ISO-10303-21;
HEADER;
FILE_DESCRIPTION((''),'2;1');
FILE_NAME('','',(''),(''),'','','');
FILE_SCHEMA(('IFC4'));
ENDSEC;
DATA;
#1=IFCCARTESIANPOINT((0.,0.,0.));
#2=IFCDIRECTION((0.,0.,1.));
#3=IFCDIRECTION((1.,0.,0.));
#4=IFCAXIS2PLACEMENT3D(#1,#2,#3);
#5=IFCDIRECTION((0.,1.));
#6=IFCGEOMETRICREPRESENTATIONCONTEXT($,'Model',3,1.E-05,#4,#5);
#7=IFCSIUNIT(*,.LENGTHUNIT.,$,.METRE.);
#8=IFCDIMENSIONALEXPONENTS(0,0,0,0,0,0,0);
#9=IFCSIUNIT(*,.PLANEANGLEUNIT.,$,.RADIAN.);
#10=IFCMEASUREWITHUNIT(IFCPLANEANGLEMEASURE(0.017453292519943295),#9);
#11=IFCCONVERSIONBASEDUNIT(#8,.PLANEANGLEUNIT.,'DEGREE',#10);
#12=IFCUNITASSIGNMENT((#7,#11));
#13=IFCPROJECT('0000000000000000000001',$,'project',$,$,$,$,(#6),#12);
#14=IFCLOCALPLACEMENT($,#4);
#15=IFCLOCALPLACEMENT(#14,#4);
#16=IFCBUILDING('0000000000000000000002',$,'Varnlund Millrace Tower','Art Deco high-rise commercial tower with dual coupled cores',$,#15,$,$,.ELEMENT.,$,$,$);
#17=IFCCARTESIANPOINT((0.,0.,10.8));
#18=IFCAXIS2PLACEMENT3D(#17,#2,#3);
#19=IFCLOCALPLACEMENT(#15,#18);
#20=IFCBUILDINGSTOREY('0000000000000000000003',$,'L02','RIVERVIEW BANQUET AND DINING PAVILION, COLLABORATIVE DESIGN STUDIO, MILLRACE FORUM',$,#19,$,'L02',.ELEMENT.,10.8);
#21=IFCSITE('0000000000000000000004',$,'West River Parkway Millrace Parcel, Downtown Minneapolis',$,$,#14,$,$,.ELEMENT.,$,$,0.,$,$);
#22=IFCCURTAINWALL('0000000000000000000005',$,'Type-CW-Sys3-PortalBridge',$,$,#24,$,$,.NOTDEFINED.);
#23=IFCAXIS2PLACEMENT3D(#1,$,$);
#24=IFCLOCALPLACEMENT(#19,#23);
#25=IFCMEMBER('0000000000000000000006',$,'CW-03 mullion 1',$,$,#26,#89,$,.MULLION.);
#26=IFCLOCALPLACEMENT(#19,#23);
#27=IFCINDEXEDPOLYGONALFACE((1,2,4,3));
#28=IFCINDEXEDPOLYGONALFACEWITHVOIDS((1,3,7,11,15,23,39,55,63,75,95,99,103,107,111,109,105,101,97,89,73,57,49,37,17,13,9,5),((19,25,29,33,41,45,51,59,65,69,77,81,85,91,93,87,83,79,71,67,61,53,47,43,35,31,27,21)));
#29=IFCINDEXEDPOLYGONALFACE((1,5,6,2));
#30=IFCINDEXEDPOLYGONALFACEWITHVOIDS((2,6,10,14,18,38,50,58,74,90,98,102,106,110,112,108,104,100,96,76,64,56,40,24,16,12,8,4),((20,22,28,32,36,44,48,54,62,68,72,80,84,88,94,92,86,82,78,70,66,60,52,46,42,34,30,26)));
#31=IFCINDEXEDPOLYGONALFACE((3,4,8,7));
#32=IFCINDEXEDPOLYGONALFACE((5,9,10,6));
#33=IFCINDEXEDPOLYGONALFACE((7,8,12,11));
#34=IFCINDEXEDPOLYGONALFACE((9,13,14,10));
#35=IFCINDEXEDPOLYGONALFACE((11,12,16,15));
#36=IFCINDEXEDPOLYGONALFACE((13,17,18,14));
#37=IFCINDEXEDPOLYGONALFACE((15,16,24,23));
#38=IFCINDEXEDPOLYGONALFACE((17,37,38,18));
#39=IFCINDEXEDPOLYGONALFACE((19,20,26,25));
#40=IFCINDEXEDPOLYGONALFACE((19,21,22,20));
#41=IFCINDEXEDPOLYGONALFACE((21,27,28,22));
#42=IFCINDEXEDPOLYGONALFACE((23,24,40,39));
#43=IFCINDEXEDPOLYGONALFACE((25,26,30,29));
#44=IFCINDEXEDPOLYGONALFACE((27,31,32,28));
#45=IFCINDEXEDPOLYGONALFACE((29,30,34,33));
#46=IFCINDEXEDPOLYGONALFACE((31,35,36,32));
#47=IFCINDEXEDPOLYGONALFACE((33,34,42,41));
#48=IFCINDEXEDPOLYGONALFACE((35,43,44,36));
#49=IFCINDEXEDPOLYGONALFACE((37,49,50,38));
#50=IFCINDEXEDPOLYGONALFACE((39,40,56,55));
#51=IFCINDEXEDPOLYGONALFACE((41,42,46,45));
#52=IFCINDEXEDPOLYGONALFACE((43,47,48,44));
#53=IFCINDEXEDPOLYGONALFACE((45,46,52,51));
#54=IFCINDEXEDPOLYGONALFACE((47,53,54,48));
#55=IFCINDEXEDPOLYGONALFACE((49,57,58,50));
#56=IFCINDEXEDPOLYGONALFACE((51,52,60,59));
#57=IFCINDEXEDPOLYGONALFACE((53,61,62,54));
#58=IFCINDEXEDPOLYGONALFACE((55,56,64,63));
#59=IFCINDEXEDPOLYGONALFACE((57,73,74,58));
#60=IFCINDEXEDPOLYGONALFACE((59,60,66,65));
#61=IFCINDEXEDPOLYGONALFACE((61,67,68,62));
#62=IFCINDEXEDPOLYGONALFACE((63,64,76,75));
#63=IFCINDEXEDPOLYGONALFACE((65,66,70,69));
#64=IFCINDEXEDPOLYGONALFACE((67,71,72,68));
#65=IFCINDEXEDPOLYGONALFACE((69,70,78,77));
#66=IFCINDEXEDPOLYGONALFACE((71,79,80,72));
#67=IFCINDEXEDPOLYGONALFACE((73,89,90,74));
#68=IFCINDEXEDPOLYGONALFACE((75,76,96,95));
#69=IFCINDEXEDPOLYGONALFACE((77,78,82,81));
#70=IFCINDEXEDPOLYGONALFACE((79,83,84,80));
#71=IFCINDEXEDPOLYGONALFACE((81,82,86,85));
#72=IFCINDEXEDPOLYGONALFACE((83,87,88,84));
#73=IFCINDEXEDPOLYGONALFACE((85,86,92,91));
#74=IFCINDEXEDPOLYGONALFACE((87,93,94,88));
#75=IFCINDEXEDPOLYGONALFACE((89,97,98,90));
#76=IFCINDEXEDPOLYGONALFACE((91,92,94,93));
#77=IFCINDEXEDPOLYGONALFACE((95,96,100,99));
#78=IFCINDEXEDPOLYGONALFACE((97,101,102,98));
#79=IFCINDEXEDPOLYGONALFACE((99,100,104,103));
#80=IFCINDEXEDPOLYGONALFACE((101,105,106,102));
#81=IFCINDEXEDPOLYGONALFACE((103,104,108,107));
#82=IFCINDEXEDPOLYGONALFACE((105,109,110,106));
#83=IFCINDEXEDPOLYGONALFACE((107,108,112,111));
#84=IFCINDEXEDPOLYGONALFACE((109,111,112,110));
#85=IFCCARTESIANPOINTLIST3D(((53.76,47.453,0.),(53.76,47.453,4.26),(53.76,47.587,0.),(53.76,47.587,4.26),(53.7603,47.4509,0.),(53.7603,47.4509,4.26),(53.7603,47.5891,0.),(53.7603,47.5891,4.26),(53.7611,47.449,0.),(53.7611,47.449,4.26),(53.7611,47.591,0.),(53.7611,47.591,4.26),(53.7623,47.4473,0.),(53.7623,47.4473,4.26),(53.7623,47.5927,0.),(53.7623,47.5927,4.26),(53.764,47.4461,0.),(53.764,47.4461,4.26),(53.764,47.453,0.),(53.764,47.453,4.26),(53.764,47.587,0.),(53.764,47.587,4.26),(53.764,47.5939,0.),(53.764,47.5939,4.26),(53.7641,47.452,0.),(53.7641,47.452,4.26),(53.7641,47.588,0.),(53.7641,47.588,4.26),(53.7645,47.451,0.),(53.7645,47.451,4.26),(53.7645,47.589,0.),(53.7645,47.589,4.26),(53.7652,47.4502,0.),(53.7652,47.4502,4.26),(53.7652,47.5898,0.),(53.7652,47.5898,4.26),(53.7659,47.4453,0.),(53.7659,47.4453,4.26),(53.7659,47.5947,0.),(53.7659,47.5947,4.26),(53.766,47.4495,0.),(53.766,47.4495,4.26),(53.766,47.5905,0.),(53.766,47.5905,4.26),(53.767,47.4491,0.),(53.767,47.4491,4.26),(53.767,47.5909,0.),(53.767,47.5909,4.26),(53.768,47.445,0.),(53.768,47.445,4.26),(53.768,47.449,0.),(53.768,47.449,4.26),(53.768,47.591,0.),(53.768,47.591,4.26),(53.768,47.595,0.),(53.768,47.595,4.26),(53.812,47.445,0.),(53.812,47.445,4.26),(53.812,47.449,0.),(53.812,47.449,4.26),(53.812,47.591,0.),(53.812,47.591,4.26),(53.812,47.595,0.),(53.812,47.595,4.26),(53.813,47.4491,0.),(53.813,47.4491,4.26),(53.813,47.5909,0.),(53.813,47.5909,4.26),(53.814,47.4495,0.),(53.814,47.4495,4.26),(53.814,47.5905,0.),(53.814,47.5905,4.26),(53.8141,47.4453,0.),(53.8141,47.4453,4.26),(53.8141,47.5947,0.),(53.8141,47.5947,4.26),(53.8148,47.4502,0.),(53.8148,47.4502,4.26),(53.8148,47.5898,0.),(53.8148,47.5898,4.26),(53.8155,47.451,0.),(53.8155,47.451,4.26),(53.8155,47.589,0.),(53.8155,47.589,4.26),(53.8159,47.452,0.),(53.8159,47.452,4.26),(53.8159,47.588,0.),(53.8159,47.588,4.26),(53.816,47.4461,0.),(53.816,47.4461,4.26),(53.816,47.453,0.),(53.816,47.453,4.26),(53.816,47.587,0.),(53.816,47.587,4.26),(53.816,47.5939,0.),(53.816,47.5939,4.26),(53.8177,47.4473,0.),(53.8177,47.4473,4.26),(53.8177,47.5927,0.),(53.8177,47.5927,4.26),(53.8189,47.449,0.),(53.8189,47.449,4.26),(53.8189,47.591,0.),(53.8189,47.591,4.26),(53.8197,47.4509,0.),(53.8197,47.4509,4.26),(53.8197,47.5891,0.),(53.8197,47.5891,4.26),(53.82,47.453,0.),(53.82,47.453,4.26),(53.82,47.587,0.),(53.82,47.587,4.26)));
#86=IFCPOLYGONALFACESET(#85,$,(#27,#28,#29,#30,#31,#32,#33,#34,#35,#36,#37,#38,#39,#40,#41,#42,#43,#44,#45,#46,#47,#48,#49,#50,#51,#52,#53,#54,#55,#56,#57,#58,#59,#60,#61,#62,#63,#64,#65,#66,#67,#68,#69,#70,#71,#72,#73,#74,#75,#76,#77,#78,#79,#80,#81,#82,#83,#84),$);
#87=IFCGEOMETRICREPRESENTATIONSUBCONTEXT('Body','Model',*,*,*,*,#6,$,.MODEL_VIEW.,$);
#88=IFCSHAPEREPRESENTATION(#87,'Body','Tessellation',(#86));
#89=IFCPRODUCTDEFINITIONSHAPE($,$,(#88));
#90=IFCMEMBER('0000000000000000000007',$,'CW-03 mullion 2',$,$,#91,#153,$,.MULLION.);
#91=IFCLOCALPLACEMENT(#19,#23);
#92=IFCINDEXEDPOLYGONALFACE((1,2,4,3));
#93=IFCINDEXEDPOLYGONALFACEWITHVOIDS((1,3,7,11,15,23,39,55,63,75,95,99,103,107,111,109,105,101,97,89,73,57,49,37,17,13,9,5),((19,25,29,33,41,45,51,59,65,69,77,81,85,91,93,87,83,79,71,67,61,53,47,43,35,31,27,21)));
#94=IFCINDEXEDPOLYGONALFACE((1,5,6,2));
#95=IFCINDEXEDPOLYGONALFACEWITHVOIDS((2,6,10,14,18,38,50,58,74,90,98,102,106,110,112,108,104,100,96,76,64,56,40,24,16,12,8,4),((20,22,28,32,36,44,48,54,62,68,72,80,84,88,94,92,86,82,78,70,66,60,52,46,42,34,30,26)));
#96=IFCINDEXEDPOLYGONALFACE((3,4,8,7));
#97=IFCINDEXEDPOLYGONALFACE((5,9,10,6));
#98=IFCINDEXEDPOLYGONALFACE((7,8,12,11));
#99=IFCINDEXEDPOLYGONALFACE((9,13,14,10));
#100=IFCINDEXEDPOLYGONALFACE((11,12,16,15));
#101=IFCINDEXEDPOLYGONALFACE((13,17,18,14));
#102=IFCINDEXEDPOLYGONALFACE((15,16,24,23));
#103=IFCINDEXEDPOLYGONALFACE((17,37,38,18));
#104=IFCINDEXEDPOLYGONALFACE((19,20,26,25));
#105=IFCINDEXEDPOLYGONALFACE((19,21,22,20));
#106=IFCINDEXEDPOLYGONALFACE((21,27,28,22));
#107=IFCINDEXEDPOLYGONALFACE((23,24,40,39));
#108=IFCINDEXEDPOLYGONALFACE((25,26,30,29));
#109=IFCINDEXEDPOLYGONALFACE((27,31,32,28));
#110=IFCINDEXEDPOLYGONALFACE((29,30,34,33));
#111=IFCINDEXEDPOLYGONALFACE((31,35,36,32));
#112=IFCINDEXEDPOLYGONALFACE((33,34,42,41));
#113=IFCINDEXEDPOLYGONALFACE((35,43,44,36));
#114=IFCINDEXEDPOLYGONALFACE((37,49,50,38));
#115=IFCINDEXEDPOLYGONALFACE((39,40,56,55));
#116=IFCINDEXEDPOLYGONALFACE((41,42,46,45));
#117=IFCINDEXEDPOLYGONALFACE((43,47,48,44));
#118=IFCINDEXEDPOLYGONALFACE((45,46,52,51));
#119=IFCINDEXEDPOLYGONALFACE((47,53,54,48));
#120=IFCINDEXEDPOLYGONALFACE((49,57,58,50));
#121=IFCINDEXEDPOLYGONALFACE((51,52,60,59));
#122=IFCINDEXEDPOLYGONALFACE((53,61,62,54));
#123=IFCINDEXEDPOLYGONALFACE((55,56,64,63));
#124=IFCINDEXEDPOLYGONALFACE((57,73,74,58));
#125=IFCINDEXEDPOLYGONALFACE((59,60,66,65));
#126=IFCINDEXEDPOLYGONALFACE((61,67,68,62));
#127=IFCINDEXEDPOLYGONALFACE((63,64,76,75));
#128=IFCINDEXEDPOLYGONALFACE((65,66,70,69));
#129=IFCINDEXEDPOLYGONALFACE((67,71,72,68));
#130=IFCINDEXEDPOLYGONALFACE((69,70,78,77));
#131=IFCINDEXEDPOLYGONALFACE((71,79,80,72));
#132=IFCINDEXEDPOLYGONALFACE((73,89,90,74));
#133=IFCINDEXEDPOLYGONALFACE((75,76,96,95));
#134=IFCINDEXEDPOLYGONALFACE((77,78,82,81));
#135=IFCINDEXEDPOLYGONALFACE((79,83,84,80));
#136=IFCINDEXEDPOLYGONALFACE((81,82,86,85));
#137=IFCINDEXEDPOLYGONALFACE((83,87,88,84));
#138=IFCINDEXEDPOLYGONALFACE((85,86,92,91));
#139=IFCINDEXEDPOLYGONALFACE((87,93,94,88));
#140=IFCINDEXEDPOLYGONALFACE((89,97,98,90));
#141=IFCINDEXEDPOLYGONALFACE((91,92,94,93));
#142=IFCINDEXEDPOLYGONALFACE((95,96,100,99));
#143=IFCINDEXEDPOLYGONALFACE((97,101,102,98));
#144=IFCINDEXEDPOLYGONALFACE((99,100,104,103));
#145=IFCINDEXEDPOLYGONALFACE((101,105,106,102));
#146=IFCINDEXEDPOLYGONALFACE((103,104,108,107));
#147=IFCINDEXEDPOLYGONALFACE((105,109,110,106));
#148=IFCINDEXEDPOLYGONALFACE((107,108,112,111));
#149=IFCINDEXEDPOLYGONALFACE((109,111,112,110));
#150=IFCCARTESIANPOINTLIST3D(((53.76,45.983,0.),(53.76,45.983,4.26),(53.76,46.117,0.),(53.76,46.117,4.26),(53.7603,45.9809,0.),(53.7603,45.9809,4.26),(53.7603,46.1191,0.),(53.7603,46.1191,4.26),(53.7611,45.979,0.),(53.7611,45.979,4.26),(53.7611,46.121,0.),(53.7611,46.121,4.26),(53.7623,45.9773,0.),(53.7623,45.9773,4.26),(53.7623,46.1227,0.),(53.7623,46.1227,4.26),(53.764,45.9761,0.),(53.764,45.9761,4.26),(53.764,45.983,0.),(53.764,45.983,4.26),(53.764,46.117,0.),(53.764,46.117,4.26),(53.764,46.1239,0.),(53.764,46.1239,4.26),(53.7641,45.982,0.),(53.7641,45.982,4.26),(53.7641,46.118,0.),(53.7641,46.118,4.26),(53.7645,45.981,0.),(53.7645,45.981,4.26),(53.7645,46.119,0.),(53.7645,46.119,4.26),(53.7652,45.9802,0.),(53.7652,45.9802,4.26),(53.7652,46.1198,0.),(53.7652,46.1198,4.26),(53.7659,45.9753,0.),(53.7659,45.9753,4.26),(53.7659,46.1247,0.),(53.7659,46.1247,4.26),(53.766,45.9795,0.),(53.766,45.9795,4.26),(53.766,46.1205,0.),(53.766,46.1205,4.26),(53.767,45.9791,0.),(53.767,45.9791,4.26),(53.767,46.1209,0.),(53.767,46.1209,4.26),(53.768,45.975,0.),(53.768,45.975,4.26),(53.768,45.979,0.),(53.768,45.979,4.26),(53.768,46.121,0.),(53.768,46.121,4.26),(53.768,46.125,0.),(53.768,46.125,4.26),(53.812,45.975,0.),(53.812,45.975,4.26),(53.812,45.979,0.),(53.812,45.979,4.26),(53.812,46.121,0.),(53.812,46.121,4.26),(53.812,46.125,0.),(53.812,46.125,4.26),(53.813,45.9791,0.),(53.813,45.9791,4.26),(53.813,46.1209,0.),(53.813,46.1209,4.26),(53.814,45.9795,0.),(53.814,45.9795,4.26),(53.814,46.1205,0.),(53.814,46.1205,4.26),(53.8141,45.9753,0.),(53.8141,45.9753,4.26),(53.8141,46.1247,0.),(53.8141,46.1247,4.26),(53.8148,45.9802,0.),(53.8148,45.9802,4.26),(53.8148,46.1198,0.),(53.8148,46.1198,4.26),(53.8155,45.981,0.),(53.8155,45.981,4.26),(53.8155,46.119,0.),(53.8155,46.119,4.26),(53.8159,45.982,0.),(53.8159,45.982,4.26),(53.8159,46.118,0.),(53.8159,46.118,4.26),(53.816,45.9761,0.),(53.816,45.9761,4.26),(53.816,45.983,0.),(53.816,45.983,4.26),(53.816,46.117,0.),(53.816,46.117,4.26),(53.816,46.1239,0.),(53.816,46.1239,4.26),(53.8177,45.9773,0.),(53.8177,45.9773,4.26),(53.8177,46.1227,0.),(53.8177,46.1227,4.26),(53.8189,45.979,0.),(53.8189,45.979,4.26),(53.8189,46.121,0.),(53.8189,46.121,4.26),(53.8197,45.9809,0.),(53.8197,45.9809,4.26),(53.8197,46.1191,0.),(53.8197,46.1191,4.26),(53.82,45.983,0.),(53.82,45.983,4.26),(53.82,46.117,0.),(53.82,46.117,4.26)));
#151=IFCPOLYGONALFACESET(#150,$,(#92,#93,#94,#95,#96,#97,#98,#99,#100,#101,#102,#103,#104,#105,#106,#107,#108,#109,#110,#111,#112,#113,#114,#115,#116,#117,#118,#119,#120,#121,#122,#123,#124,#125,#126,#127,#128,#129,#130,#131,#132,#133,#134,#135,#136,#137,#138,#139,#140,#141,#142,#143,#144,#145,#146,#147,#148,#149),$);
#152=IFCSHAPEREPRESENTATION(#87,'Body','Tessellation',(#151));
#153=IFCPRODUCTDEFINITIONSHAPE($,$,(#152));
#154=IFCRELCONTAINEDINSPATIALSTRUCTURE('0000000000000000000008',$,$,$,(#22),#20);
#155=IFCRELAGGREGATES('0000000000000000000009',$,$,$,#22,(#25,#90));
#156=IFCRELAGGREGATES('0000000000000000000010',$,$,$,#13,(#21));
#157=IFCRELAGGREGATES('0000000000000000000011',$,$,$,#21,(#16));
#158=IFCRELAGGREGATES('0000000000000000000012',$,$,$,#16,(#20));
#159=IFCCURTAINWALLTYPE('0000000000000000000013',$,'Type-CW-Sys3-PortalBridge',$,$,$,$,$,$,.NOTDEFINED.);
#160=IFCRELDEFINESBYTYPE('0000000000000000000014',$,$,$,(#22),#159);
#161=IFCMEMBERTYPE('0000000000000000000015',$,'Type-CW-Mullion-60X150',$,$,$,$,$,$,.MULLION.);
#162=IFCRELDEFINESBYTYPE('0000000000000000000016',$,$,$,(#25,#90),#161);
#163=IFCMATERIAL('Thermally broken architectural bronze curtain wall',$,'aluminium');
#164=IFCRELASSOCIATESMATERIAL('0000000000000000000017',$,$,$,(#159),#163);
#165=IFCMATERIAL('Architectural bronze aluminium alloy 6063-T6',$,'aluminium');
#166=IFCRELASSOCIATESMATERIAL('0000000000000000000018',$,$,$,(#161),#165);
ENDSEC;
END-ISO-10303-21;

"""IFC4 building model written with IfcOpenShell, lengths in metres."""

from ifc_helpers import new_model, entity, si_unit, converted_unit, direction, frame, origin_with_axes, origin_2d_with_axis, place, context, subcontext, project, spatial, hollow_rectangle, extrude, material, material_profile, profile_set, type_object, element, aggregate, save


model = new_model("IFC4")

# Units and contexts
model_context = context("Model", 3, precision=1e-05, world=origin_with_axes(), true_north=direction((0.0, 1.0)))
body_context = subcontext(model_context, "Body", "Model", "MODEL_VIEW")
ifc_project = project(units=[si_unit("LENGTHUNIT", "METRE"), converted_unit("PLANEANGLEUNIT", "DEGREE", entity("IfcPlaneAngleMeasure", 0.017453292519943295), si_unit("PLANEANGLEUNIT", "RADIAN"), dimensions=[0, 0, 0, 0, 0, 0, 0])], contexts=[model_context])

# Site, building, storey
site_placement = place(None, origin_with_axes())
site = spatial("IfcSite", under=ifc_project, at=site_placement, Name="West River Parkway Millrace Parcel, Downtown Minneapolis", CompositionType="ELEMENT", RefElevation=0.0)
building_placement = place(site_placement, origin_with_axes())
building = spatial("IfcBuilding", under=site, at=building_placement, Name="Varnlund Millrace Tower", Description="Art Deco high-rise commercial tower with dual coupled cores", CompositionType="ELEMENT")
storey_placement = place(building_placement, frame((0.0, 0.0, 10.8), z_axis=(0.0, 0.0, 1.0), x_axis=(1.0, 0.0, 0.0)))
storey = spatial("IfcBuildingStorey", under=building, at=storey_placement, Name="L02", Description="RIVERVIEW BANQUET AND DINING PAVILION, COLLABORATIVE DESIGN STUDIO, MILLRACE FORUM", LongName="L02", CompositionType="ELEMENT", Elevation=10.8)

# Curtain wall, members
ifc_material_1 = material(Name="Thermally broken architectural bronze curtain wall", Category="aluminium")
curtain_wall_type = type_object("IfcCurtainWallType", Name="Type-CW-Sys3-PortalBridge", PredefinedType="NOTDEFINED", material=ifc_material_1)
ifc_material_2 = material(Name="Architectural bronze aluminium alloy 6063-T6", Category="aluminium")
ifc_material_profile_1 = material_profile(ifc_material_2, hollow_rectangle(XDim=0.06, YDim=0.15, WallThickness=0.004, InnerFilletRadius=0.004, OuterFilletRadius=0.008, at=origin_2d_with_axis()), Name="Architectural bronze aluminium alloy 6063-T6")
ifc_profile_set_1 = profile_set([ifc_material_profile_1], Name="Architectural bronze aluminium alloy 6063-T6")
member_type_1 = type_object("IfcMemberType", Name="Type-CW-Mullion-60X150", PredefinedType="MULLION", material=ifc_profile_set_1)
curtain_wall_1_placement = place(storey_placement, frame((53.79, 47.55, 0.0), z_axis=(0.0, 0.0, 1.0), x_axis=(1.0, 0.0, 0.0)))
curtain_wall_1 = element("IfcCurtainWall", 1, at=curtain_wall_1_placement, inside=storey, type_object=curtain_wall_type, Name="Type-CW-Sys3-PortalBridge", PredefinedType="NOTDEFINED")
member_1_placement = place(storey_placement, frame((53.79, 47.52, 0.0), z_axis=(0.0, 0.0, 1.0), x_axis=(1.0, 0.0, 0.0)))
member_1 = element("IfcMember", 2, at=member_1_placement, type_object=member_type_1, Name="CW-03 mullion 1", PredefinedType="MULLION", context=body_context, shape_type="SweptSolid", body=[
    extrude(hollow_rectangle(XDim=0.06, YDim=0.15, WallThickness=0.004, InnerFilletRadius=0.004, OuterFilletRadius=0.008, at=origin_2d_with_axis()), origin_with_axes(), (0.0, 0.0, 1.0), 4.26),
])
member_2_placement = place(storey_placement, frame((53.79, 46.05, 0.0), z_axis=(0.0, 0.0, 1.0), x_axis=(1.0, 0.0, 0.0)))
member_2 = element("IfcMember", 3, at=member_2_placement, type_object=member_type_1, Name="CW-03 mullion 2", PredefinedType="MULLION", context=body_context, shape_type="SweptSolid", body=[
    extrude(hollow_rectangle(XDim=0.06, YDim=0.15, WallThickness=0.004, InnerFilletRadius=0.004, OuterFilletRadius=0.008, at=origin_2d_with_axis()), origin_with_axes(), (0.0, 0.0, 1.0), 4.26),
])

aggregate(curtain_wall_1, [member_1, member_2])

save(model, "model.ifc")
